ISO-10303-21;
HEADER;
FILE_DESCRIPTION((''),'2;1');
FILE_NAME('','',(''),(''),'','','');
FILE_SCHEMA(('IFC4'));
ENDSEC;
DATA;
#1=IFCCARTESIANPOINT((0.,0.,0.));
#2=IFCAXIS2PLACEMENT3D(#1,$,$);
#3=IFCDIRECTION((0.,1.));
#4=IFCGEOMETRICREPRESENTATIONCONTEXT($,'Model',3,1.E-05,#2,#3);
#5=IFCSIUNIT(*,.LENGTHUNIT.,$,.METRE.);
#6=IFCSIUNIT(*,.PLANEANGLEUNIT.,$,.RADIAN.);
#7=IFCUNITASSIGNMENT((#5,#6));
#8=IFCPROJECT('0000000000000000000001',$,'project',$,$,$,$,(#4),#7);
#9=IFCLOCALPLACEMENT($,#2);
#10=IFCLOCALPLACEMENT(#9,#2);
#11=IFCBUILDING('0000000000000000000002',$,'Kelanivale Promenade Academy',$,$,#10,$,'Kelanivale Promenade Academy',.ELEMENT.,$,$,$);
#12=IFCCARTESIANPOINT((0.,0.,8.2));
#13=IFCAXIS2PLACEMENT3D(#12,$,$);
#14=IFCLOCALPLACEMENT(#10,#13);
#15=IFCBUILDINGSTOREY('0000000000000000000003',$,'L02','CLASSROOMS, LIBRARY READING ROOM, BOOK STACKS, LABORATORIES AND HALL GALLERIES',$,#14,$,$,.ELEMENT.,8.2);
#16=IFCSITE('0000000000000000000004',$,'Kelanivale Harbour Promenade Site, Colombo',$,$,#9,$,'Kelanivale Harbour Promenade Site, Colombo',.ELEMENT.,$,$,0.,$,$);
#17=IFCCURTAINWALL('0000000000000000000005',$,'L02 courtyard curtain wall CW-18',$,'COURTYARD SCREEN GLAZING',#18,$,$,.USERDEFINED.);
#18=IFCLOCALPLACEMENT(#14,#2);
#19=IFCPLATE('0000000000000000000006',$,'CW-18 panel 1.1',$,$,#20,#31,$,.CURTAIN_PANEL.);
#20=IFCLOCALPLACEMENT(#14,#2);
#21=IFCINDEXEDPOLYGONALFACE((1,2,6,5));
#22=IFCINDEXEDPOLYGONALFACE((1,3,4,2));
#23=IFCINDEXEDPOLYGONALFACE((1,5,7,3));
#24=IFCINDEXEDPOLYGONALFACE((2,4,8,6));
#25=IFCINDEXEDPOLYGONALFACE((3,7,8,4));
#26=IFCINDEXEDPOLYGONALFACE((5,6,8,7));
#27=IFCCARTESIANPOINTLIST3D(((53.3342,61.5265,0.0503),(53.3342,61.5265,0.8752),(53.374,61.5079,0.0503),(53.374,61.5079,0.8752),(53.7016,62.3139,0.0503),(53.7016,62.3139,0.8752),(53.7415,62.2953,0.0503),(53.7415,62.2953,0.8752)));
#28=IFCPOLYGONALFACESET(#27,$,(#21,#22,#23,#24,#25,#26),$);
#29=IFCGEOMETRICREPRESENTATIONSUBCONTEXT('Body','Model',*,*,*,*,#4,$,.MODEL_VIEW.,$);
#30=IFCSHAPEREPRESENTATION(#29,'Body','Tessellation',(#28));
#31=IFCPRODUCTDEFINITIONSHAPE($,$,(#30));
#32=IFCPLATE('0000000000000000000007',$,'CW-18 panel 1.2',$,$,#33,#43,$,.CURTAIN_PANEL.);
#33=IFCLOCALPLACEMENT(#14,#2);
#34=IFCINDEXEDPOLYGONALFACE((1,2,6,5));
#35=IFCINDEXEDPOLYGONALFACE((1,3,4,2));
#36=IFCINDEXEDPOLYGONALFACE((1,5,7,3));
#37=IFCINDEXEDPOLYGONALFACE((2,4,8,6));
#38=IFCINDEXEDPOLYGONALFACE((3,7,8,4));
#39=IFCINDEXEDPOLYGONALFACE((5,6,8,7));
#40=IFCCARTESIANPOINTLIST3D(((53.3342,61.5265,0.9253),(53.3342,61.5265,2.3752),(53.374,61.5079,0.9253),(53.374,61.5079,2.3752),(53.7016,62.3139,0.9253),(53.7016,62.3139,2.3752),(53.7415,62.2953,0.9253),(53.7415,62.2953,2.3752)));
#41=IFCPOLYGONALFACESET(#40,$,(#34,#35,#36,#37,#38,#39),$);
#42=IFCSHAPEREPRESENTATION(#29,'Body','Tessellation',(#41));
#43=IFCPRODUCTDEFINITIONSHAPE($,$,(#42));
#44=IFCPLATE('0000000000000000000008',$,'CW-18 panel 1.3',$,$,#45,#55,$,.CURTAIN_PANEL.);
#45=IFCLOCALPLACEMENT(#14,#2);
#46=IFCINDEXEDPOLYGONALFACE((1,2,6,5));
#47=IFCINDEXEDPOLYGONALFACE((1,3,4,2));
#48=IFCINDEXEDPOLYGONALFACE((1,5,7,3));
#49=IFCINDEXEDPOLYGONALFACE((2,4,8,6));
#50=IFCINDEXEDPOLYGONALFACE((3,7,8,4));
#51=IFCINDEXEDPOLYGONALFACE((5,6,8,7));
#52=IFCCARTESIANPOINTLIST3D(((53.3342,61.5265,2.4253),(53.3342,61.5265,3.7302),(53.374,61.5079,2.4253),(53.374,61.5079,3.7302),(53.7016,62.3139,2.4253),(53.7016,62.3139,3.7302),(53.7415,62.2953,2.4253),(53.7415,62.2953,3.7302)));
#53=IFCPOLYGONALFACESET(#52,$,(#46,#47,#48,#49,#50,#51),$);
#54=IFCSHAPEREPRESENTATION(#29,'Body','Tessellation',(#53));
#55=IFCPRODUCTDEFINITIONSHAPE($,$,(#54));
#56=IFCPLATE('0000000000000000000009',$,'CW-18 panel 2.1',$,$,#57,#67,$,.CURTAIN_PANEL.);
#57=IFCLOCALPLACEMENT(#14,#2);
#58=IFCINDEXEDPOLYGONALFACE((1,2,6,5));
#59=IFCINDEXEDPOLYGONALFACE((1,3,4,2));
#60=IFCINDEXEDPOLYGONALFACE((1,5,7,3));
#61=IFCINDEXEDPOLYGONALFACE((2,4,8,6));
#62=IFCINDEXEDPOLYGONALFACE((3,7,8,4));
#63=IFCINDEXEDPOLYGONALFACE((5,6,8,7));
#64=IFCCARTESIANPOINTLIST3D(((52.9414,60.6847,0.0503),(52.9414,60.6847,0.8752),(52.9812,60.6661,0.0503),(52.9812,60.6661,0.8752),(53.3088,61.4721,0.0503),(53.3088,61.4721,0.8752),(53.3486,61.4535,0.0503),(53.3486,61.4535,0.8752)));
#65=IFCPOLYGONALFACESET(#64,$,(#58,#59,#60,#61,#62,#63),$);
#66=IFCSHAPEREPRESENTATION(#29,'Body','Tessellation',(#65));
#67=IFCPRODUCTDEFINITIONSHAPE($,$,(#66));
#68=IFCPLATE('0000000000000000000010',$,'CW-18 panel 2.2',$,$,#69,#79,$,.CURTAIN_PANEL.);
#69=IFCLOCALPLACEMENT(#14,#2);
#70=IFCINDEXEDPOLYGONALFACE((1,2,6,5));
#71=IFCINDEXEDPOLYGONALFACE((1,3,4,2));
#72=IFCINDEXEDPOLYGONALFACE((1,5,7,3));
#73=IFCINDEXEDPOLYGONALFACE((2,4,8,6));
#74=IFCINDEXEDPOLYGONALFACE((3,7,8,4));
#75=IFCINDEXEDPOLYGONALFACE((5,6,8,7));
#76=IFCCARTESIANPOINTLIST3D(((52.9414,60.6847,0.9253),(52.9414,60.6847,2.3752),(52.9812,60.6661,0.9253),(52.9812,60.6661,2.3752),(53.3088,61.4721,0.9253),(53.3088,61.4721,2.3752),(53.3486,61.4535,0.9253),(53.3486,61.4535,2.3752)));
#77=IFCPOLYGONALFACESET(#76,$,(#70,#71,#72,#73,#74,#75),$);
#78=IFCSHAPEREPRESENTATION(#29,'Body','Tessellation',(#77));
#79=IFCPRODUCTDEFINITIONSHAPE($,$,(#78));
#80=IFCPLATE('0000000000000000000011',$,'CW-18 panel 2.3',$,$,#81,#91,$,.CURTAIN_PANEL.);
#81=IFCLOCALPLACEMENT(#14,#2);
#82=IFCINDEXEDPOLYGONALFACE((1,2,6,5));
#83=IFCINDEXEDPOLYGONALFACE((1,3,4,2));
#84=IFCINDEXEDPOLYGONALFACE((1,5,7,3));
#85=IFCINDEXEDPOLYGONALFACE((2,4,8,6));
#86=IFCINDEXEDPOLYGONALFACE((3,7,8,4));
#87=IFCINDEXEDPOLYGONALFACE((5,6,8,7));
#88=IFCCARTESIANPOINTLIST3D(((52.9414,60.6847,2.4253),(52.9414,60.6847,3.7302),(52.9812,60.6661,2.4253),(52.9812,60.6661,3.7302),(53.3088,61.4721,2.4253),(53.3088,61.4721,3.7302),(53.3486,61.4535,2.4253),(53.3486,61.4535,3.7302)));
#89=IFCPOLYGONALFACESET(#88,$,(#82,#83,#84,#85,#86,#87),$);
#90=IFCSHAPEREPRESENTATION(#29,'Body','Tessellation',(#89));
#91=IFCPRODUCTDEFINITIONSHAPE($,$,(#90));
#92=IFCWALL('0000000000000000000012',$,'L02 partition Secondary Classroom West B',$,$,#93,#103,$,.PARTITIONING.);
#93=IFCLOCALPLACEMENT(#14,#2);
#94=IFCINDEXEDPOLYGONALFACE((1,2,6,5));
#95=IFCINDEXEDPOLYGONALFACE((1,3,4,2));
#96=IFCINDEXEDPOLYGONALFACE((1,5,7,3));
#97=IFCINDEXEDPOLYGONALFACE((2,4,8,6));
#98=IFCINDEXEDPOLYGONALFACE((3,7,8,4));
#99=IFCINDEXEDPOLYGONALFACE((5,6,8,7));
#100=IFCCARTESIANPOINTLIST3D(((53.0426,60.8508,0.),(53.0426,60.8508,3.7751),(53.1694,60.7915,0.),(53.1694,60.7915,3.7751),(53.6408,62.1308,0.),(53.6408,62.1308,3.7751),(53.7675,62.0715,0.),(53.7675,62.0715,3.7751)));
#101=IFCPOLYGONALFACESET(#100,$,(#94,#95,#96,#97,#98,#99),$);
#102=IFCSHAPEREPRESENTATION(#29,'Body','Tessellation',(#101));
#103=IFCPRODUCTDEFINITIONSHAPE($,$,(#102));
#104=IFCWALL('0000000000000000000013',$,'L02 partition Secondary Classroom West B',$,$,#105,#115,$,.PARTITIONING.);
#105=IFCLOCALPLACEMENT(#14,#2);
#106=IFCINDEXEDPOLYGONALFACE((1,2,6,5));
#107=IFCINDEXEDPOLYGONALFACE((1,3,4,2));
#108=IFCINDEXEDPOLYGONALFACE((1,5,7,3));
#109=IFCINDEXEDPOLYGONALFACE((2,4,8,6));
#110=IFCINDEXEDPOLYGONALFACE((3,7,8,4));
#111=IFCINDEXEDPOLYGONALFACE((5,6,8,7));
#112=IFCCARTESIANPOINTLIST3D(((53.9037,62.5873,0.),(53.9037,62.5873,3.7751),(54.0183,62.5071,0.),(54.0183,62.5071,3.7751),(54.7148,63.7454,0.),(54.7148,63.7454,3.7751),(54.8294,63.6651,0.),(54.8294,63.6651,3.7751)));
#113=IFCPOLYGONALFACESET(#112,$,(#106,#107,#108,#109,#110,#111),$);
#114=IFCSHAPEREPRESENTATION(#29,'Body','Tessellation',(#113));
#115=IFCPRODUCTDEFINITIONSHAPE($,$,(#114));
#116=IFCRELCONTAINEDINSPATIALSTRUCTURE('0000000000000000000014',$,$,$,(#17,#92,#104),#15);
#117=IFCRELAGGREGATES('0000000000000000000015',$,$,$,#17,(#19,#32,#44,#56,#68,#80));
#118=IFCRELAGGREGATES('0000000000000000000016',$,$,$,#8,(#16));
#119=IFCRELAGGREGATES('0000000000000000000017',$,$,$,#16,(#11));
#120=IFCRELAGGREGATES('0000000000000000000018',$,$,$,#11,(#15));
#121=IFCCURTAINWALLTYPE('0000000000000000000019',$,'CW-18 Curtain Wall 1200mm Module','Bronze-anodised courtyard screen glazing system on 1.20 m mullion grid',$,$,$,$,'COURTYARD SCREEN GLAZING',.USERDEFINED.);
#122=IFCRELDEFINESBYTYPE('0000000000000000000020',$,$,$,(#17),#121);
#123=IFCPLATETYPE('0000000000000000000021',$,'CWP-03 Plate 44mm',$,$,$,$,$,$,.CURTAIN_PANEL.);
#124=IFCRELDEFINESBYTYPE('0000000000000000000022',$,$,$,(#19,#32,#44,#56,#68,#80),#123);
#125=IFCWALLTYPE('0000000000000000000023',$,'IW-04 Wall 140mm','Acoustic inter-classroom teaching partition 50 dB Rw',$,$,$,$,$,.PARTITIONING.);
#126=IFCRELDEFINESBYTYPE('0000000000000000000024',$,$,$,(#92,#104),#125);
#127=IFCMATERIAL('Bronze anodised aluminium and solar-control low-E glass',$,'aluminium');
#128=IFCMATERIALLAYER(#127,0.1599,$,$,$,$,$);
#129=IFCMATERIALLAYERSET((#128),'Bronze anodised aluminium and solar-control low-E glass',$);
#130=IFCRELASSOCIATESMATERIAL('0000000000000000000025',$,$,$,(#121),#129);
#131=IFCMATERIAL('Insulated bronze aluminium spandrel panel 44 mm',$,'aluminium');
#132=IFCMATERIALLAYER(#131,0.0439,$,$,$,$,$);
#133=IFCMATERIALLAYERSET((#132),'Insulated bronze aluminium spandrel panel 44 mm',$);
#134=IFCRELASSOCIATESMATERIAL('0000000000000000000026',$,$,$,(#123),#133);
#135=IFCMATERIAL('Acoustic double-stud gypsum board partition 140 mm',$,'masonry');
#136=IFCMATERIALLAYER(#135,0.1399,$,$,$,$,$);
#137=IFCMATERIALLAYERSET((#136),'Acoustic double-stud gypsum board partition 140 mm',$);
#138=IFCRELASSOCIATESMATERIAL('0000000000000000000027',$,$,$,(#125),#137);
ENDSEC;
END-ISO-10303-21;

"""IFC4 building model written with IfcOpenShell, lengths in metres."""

from ifc_helpers import new_model, si_unit, direction, frame, frame_2d, origin, origin_2d, place, context, subcontext, project, spatial, rectangle, extrude, material, layer, layer_set, type_object, element, aggregate, save


model = new_model("IFC4")

# Units and contexts
model_context = context("Model", 3, precision=1e-05, world=origin(), true_north=direction((0.0, 1.0)))
body_context = subcontext(model_context, "Body", "Model", "MODEL_VIEW")
ifc_project = project(units=[si_unit("LENGTHUNIT", "METRE"), si_unit("PLANEANGLEUNIT", "RADIAN")], contexts=[model_context])

# Site, building, storey
site_placement = place(None, origin())
site = spatial("IfcSite", under=ifc_project, at=site_placement, Name="Kelanivale Harbour Promenade Site, Colombo", LongName="Kelanivale Harbour Promenade Site, Colombo", CompositionType="ELEMENT", RefElevation=0.0)
building_placement = place(site_placement, origin())
building = spatial("IfcBuilding", under=site, at=building_placement, Name="Kelanivale Promenade Academy", LongName="Kelanivale Promenade Academy", CompositionType="ELEMENT")
storey_placement = place(building_placement, frame((0.0, 0.0, 8.2)))
storey = spatial("IfcBuildingStorey", under=building, at=storey_placement, Name="L02", Description="CLASSROOMS, LIBRARY READING ROOM, BOOK STACKS, LABORATORIES AND HALL GALLERIES", CompositionType="ELEMENT", Elevation=8.2)

# Shared definitions
ifc_material_1 = material(Name="Bronze anodised aluminium and solar-control low-E glass", Category="aluminium")

# Curtain wall
ifc_layer_1 = layer(ifc_material_1, 0.1599)
ifc_layer_set_1 = layer_set([ifc_layer_1], Name="Bronze anodised aluminium and solar-control low-E glass")
curtain_wall_type_1 = type_object("IfcCurtainWallType", Name="CW-18 Curtain Wall 1200mm Module", Description="Bronze-anodised courtyard screen glazing system on 1.20 m mullion grid", ElementType="COURTYARD SCREEN GLAZING", PredefinedType="USERDEFINED", material=ifc_layer_set_1)
curtain_wall_1_placement = place(storey_placement, origin())
curtain_wall_1 = element("IfcCurtainWall", 1, at=curtain_wall_1_placement, inside=storey, type_object=curtain_wall_type_1, Name="L02 courtyard curtain wall CW-18", ObjectType="COURTYARD SCREEN GLAZING", PredefinedType="USERDEFINED")

# Plates
ifc_material_2 = material(Name="Insulated bronze aluminium spandrel panel 44 mm", Category="aluminium")
ifc_layer_2 = layer(ifc_material_2, 0.0439)
ifc_layer_set_2 = layer_set([ifc_layer_2], Name="Insulated bronze aluminium spandrel panel 44 mm")
plate_type_1 = type_object("IfcPlateType", Name="CWP-03 Plate 44mm", PredefinedType="CURTAIN_PANEL", material=ifc_layer_set_2)
plate_1_placement = place(storey_placement, frame((53.5378, 61.9109, 0.0503), z_axis=(0.0, 0.0, 1.0), x_axis=(-0.422857, -0.906196, 0.0)))
plate_1 = element("IfcPlate", 2, at=plate_1_placement, type_object=plate_type_1, Name="CW-18 panel 1.1", PredefinedType="CURTAIN_PANEL", context=body_context, shape_type="SweptSolid", body=[
    extrude(rectangle(XDim=0.8689, YDim=0.0439, at=origin_2d()), origin(), (0.0, 0.0, 1.0), 0.825),
])
plate_2_placement = place(storey_placement, frame((53.5378, 61.9109, 0.9253), z_axis=(0.0, 0.0, 1.0), x_axis=(-0.422857, -0.906196, 0.0)))
plate_2 = element("IfcPlate", 3, at=plate_2_placement, type_object=plate_type_1, Name="CW-18 panel 1.2", PredefinedType="CURTAIN_PANEL", context=body_context, shape_type="SweptSolid", body=[
    extrude(rectangle(XDim=0.8689, YDim=0.0439, at=origin_2d()), origin(), (0.0, 0.0, 1.0), 1.45),
])
plate_3_placement = place(storey_placement, frame((53.5378, 61.9109, 2.4253), z_axis=(0.0, 0.0, 1.0), x_axis=(-0.422857, -0.906196, 0.0)))
plate_3 = element("IfcPlate", 4, at=plate_3_placement, type_object=plate_type_1, Name="CW-18 panel 1.3", PredefinedType="CURTAIN_PANEL", context=body_context, shape_type="SweptSolid", body=[
    extrude(rectangle(XDim=0.8689, YDim=0.0439, at=origin_2d()), origin(), (0.0, 0.0, 1.0), 1.3049),
])
plate_4_placement = place(storey_placement, frame((53.145, 61.0691, 0.0503), z_axis=(0.0, 0.0, 1.0), x_axis=(-0.422857, -0.906196, 0.0)))
plate_4 = element("IfcPlate", 5, at=plate_4_placement, type_object=plate_type_1, Name="CW-18 panel 2.1", PredefinedType="CURTAIN_PANEL", context=body_context, shape_type="SweptSolid", body=[
    extrude(rectangle(XDim=0.8689, YDim=0.0439, at=origin_2d()), origin(), (0.0, 0.0, 1.0), 0.825),
])
plate_5_placement = place(storey_placement, frame((53.145, 61.0691, 0.9253), z_axis=(0.0, 0.0, 1.0), x_axis=(-0.422857, -0.906196, 0.0)))
plate_5 = element("IfcPlate", 6, at=plate_5_placement, type_object=plate_type_1, Name="CW-18 panel 2.2", PredefinedType="CURTAIN_PANEL", context=body_context, shape_type="SweptSolid", body=[
    extrude(rectangle(XDim=0.8689, YDim=0.0439, at=origin_2d()), origin(), (0.0, 0.0, 1.0), 1.45),
])
plate_6_placement = place(storey_placement, frame((53.145, 61.0691, 2.4253), z_axis=(0.0, 0.0, 1.0), x_axis=(-0.422857, -0.906196, 0.0)))
plate_6 = element("IfcPlate", 7, at=plate_6_placement, type_object=plate_type_1, Name="CW-18 panel 2.3", PredefinedType="CURTAIN_PANEL", context=body_context, shape_type="SweptSolid", body=[
    extrude(rectangle(XDim=0.8689, YDim=0.0439, at=origin_2d()), origin(), (0.0, 0.0, 1.0), 1.3049),
])
aggregate(curtain_wall_1, [plate_1, plate_2, plate_3, plate_4, plate_5, plate_6])

# Walls
ifc_material_3 = material(Name="Acoustic double-stud gypsum board partition 140 mm", Category="masonry")
ifc_layer_3 = layer(ifc_material_3, 0.1399)
ifc_layer_set_3 = layer_set([ifc_layer_3], Name="Acoustic double-stud gypsum board partition 140 mm")
wall_type = type_object("IfcWallType", Name="IW-04 Wall 140mm", Description="Acoustic inter-classroom teaching partition 50 dB Rw", PredefinedType="PARTITIONING", material=ifc_layer_set_3)
wall_1_placement = place(storey_placement, frame((53.106, 60.821, 0.0), z_axis=(0.0, 0.0, 1.0), x_axis=(0.423349, 0.905967, 0.0)))
element("IfcWall", 8, at=wall_1_placement, inside=storey, type_object=wall_type, Name="L02 partition Secondary Classroom West B", PredefinedType="PARTITIONING", context=body_context, shape_type="SweptSolid", body=[
    extrude(rectangle(XDim=1.4128, YDim=0.1399, at=frame_2d((0.7065, 0.0))), origin(), (0.0, 0.0, 1.0), 3.7751),
])
wall_2_placement = place(storey_placement, frame((53.9609, 62.5471, 0.0), z_axis=(0.0, 0.0, 1.0), x_axis=(0.573683, 0.819078, 0.0)))
element("IfcWall", 9, at=wall_2_placement, inside=storey, type_object=wall_type, Name="L02 partition Secondary Classroom West B", PredefinedType="PARTITIONING", context=body_context, shape_type="SweptSolid", body=[
    extrude(rectangle(XDim=1.4138, YDim=0.1399, at=frame_2d((0.707, 0.0))), origin(), (0.0, 0.0, 1.0), 3.7751),
])

save(model, "model.ifc")
